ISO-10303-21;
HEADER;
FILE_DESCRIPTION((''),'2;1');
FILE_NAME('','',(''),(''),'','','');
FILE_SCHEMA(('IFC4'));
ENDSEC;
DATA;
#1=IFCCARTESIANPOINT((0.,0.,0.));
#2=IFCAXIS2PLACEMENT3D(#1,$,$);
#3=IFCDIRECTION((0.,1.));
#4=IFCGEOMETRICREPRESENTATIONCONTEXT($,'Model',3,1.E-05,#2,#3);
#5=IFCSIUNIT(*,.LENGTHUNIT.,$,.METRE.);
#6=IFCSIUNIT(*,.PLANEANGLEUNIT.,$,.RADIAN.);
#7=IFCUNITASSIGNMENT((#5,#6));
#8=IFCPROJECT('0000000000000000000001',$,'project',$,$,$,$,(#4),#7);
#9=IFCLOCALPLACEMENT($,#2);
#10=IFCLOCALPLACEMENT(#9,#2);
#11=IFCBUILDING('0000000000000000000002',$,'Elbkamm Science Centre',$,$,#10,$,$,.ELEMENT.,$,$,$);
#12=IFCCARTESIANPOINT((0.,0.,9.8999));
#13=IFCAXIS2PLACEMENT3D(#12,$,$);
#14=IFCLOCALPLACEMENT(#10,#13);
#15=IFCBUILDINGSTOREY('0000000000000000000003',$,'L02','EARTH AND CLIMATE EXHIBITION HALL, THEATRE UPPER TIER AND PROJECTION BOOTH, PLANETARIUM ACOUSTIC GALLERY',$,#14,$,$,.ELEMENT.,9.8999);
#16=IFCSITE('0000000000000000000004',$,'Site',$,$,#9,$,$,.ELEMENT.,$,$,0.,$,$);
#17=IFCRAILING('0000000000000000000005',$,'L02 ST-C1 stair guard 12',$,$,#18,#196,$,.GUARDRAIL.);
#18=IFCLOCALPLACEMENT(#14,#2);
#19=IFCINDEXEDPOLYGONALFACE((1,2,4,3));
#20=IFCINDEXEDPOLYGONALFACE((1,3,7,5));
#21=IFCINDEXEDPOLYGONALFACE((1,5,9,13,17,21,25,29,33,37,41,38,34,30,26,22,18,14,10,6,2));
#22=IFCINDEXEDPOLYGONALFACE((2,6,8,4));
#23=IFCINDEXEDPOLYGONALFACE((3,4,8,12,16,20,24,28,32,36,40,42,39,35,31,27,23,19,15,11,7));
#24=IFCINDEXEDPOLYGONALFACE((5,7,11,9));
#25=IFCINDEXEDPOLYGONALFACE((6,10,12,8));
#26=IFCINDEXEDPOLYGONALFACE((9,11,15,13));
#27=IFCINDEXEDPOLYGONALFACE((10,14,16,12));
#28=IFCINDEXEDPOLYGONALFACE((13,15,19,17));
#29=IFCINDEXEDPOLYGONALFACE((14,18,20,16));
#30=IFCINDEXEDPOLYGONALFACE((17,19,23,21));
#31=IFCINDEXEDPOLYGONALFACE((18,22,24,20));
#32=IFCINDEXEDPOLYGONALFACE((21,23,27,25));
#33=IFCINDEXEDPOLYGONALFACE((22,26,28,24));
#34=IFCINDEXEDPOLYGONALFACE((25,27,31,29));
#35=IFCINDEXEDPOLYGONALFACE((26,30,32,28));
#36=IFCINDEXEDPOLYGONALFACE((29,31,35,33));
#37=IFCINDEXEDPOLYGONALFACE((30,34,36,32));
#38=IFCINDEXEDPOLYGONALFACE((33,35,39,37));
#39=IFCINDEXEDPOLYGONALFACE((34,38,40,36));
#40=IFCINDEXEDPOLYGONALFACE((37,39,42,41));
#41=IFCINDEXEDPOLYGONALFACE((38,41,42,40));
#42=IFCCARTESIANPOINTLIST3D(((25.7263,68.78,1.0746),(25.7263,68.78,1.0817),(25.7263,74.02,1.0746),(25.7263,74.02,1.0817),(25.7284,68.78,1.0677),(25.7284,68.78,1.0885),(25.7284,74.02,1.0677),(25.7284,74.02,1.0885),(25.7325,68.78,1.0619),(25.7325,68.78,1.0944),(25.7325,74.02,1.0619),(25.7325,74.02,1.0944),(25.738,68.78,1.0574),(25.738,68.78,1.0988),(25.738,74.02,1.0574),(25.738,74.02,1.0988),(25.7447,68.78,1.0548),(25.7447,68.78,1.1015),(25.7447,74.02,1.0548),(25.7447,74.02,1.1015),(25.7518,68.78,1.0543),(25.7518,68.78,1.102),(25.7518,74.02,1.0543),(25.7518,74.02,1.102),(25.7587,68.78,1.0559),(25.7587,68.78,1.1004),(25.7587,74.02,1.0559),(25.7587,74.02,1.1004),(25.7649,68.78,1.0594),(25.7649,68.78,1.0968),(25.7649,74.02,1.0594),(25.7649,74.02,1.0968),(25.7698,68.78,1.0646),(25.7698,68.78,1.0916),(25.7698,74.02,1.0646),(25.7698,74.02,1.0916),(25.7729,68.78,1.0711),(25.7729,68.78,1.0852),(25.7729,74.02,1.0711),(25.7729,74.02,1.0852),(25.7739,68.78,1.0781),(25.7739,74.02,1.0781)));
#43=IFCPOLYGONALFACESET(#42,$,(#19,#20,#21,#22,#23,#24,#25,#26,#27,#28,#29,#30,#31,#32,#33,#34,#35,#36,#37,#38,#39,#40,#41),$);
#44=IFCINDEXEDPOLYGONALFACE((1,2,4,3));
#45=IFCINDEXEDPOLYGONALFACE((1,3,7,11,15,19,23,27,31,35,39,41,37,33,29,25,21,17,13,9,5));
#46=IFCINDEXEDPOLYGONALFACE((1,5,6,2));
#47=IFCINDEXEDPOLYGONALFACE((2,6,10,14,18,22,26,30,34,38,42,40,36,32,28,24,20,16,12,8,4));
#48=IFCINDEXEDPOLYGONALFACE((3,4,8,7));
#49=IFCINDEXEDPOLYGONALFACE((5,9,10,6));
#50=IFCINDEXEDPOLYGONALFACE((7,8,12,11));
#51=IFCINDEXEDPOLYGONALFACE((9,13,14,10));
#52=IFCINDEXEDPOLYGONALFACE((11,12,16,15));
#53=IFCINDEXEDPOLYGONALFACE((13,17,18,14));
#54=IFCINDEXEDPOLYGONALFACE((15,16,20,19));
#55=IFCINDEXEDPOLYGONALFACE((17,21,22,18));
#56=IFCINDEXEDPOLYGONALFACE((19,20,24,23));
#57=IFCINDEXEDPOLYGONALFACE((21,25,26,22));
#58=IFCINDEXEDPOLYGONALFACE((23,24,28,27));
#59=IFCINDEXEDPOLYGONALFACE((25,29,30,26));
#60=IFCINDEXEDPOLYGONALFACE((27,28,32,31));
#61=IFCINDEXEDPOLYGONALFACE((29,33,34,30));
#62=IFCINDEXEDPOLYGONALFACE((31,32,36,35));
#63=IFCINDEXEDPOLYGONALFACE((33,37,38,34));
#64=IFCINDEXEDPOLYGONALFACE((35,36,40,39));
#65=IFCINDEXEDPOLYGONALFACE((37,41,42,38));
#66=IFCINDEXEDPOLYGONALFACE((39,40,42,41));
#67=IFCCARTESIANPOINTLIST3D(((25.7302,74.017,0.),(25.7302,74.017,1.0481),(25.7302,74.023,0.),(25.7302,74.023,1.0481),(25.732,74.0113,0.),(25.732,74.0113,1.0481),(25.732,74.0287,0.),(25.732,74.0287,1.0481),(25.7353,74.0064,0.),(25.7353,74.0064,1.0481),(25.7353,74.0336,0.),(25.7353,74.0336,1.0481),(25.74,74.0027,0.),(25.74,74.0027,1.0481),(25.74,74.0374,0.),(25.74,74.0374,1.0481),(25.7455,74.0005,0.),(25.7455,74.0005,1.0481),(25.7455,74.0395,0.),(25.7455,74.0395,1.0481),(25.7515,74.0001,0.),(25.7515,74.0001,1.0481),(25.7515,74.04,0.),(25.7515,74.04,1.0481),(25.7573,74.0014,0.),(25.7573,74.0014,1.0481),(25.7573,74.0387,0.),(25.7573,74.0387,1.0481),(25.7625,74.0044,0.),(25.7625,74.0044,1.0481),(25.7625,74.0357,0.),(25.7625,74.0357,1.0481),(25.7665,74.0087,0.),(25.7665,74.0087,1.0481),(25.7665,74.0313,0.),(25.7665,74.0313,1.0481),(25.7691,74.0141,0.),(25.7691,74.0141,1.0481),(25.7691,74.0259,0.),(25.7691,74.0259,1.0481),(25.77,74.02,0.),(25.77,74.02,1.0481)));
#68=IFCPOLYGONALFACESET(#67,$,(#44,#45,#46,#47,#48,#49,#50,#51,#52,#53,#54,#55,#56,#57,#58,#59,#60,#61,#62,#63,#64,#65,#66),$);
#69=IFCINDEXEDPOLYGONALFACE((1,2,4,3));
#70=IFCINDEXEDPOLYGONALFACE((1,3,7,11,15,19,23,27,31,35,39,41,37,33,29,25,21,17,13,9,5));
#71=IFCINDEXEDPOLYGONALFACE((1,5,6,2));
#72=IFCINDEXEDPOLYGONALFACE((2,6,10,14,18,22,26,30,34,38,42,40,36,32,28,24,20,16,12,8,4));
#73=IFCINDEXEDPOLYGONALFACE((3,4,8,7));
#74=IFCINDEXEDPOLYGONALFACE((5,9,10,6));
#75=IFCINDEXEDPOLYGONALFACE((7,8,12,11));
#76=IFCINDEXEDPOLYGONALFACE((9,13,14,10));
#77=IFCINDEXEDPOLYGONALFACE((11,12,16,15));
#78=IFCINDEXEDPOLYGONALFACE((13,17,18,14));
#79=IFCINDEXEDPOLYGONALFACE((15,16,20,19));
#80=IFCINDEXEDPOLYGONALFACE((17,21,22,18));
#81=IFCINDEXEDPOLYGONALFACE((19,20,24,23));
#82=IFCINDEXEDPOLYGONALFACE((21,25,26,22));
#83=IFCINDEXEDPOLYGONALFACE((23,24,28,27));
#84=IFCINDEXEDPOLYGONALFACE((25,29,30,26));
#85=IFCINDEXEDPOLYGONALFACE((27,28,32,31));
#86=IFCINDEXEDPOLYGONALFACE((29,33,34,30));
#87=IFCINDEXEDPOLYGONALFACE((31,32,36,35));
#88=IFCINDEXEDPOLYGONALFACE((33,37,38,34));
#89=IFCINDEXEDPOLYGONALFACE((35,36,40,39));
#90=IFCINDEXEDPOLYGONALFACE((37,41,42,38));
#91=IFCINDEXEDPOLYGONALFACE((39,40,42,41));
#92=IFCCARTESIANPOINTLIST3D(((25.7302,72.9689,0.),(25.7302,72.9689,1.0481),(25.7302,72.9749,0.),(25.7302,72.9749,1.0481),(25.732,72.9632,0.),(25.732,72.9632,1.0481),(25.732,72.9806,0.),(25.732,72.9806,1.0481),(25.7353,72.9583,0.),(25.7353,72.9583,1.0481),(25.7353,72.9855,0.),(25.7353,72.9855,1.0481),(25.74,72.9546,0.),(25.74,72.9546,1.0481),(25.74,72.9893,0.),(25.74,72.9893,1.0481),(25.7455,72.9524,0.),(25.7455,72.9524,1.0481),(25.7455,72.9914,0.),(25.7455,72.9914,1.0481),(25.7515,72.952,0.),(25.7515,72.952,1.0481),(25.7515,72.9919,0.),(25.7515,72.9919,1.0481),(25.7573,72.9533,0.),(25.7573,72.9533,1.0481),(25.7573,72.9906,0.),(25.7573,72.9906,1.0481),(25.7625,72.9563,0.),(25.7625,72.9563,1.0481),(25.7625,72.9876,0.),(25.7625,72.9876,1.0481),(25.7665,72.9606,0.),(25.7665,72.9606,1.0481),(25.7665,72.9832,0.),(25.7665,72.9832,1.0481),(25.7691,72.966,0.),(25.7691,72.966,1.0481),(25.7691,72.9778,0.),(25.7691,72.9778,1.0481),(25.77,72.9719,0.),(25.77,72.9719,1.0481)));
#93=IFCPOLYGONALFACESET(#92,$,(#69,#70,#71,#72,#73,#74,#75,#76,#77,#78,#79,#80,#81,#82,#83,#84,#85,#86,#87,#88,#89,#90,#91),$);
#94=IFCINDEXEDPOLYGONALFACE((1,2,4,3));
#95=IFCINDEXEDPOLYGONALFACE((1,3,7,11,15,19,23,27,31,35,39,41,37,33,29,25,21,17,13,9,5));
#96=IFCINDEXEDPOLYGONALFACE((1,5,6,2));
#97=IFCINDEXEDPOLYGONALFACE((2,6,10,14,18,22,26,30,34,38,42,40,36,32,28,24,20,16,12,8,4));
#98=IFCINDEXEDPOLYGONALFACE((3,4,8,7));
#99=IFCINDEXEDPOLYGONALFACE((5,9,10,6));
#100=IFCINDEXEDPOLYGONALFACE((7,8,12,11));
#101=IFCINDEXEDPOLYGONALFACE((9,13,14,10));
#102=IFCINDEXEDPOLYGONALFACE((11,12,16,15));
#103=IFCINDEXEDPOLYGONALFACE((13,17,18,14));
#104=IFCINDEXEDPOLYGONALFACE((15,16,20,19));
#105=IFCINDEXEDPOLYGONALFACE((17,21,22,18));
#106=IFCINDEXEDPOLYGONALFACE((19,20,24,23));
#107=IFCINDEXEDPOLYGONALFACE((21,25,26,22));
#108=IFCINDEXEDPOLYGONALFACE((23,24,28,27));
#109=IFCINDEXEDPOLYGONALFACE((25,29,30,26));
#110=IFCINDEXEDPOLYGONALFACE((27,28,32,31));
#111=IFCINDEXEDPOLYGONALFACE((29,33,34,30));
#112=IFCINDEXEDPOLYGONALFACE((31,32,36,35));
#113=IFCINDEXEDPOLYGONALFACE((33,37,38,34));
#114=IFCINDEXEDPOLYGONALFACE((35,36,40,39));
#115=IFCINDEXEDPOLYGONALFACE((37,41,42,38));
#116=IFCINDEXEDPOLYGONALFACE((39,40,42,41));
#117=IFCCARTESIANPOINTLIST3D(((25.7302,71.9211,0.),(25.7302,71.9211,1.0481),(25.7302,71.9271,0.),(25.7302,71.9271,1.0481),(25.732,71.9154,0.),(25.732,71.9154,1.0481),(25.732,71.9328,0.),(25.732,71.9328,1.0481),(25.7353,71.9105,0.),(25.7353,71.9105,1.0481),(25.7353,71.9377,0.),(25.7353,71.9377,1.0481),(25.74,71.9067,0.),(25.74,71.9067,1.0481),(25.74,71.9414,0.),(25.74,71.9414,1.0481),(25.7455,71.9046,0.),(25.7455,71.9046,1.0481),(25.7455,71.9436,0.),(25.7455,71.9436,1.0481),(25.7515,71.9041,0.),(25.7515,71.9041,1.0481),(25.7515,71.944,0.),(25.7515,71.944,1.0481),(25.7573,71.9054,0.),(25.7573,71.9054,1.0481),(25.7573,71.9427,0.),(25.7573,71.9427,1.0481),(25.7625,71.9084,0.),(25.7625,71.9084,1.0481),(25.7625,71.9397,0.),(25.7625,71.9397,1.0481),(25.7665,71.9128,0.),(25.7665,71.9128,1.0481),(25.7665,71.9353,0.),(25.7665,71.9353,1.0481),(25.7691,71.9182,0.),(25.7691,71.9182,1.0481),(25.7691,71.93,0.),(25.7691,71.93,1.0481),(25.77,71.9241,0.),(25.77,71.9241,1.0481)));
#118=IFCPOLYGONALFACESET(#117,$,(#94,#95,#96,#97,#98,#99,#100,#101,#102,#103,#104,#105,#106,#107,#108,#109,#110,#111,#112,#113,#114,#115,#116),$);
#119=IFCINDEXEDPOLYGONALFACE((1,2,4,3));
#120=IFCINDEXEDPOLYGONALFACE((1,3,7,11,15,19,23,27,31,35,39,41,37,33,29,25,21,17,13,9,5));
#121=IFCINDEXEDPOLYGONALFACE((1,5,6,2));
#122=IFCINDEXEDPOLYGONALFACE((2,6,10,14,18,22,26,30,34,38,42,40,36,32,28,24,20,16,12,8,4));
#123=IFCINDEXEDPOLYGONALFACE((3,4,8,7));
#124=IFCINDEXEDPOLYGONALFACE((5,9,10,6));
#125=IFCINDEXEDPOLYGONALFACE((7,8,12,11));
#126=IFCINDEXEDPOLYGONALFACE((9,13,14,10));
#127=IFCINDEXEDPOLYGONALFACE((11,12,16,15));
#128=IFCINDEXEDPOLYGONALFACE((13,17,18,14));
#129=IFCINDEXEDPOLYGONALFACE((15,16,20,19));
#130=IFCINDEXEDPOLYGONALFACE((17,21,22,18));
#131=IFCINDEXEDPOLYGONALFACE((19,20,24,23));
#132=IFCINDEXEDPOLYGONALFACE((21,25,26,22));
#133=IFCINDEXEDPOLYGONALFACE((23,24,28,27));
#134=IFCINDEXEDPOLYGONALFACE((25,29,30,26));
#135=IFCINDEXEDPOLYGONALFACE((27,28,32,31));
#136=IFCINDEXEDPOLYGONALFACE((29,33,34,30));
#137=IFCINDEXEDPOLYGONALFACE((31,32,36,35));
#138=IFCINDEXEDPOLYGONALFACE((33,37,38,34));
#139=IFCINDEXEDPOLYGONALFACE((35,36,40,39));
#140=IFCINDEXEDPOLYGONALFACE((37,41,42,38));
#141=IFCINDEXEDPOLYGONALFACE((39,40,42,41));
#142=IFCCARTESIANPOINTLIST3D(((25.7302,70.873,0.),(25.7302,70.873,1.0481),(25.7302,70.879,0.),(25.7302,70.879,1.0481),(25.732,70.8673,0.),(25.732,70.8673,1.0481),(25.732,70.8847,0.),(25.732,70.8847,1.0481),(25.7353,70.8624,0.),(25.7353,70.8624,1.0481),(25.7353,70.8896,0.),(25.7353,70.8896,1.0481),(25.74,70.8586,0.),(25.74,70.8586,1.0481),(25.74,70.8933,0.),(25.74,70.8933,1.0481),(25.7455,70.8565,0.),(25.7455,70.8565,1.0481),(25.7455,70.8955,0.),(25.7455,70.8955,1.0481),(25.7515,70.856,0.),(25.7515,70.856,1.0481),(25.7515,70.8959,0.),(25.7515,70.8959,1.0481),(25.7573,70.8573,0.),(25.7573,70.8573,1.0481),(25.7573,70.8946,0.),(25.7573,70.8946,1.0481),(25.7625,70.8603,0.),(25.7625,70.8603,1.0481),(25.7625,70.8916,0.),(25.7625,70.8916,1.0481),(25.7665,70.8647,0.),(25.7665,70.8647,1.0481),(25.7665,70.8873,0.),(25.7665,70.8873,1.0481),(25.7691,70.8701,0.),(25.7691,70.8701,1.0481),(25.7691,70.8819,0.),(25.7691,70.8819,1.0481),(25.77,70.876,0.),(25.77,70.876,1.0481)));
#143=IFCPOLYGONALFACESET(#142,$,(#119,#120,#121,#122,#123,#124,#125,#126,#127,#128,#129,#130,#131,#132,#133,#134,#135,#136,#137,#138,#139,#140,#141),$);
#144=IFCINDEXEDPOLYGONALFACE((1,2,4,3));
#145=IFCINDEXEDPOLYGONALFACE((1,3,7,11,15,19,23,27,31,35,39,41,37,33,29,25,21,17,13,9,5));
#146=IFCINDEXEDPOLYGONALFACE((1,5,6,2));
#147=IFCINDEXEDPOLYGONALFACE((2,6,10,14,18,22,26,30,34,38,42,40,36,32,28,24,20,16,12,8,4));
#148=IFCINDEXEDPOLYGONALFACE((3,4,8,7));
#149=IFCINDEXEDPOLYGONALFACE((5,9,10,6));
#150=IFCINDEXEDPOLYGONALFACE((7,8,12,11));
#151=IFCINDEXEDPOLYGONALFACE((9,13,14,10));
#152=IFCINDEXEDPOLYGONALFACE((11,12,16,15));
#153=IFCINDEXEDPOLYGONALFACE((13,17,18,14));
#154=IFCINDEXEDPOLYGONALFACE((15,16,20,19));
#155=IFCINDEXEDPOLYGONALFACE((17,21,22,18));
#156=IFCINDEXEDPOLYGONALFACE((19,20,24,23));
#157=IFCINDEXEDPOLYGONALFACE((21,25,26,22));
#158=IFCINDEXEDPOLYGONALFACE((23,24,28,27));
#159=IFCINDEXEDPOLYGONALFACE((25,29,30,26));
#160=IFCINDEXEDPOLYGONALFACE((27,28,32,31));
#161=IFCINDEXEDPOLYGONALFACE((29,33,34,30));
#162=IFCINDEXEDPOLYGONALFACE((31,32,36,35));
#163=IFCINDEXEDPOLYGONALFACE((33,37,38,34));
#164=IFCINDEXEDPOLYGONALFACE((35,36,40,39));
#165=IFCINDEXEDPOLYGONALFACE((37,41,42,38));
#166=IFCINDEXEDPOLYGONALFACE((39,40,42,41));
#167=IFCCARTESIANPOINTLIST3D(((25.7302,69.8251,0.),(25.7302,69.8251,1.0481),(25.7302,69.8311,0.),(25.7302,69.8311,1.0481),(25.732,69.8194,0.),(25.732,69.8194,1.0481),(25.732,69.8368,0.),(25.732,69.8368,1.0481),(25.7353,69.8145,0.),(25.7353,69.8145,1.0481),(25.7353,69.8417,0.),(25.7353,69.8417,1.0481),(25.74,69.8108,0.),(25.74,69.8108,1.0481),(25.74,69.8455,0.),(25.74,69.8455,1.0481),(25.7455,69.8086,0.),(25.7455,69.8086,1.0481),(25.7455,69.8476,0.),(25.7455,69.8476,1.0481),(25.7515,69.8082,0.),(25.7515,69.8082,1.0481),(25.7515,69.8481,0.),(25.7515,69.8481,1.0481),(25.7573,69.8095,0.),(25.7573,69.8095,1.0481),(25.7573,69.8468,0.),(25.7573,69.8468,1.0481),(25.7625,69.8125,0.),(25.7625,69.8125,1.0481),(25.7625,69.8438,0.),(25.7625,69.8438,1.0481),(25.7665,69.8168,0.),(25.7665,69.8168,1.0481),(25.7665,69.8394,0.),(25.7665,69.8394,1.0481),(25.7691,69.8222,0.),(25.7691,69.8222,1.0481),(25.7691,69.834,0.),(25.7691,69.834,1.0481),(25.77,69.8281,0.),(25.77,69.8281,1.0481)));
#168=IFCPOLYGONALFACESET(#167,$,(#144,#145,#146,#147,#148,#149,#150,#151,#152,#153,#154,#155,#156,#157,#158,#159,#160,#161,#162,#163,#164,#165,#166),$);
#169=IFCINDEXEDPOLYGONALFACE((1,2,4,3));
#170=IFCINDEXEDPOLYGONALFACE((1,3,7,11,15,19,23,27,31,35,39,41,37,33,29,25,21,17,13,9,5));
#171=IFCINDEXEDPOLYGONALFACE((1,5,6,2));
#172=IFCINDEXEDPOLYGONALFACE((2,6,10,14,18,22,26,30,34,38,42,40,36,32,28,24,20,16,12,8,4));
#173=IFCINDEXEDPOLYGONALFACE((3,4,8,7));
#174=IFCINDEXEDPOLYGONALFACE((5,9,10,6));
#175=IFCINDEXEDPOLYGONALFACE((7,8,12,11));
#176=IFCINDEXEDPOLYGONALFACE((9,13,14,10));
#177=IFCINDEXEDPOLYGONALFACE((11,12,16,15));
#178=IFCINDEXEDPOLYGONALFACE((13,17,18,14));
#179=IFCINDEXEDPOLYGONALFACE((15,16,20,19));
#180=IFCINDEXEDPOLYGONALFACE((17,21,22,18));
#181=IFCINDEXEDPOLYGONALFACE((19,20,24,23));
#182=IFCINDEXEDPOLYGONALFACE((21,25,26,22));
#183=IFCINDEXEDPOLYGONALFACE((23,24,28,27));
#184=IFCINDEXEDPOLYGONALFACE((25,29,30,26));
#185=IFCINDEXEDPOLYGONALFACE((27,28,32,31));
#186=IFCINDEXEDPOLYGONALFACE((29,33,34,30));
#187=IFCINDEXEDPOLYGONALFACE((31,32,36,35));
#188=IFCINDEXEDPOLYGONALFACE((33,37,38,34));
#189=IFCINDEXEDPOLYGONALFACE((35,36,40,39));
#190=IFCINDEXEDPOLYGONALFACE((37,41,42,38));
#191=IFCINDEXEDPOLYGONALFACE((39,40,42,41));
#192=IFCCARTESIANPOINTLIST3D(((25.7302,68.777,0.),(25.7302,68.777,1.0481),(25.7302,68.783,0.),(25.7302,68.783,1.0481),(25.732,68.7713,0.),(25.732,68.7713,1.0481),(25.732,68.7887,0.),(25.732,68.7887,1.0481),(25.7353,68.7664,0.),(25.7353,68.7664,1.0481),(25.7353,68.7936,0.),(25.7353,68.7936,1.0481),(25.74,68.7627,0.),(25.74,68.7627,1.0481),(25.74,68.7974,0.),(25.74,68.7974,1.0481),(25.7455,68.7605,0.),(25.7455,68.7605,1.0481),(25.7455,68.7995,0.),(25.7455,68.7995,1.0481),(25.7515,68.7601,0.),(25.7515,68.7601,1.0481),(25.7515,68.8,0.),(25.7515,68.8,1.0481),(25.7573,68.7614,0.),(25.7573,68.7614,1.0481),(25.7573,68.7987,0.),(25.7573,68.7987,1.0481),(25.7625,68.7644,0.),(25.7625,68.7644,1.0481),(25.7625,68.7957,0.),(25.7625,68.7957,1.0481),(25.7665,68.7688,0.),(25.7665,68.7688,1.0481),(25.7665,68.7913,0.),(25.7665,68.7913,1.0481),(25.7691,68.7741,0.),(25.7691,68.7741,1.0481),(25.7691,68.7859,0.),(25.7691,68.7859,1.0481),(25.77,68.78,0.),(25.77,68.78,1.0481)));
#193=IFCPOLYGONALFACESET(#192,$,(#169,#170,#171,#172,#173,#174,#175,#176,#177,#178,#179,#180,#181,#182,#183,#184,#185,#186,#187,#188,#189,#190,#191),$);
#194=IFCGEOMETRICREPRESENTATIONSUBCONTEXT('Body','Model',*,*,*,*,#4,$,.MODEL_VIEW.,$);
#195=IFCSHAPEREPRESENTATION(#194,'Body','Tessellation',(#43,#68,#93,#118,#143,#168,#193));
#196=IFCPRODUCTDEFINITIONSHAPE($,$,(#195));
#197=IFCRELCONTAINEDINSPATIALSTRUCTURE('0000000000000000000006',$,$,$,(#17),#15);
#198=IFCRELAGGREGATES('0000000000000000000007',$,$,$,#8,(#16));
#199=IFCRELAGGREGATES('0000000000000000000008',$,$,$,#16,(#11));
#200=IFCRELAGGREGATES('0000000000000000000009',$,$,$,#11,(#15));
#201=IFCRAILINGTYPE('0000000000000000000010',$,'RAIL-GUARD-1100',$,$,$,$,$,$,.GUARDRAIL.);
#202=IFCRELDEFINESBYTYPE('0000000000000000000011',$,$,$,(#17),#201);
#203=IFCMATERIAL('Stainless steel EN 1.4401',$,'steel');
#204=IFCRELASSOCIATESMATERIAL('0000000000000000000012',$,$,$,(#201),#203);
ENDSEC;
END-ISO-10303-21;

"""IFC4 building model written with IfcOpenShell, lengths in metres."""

from ifc_helpers import new_model, si_unit, direction, frame, origin, origin_2d, place, context, subcontext, project, spatial, circle, extrude, material, type_object, element, save


model = new_model("IFC4")

# Units and contexts
model_context = context("Model", 3, precision=1e-05, world=origin(), true_north=direction((0.0, 1.0)))
body_context = subcontext(model_context, "Body", "Model", "MODEL_VIEW")
ifc_project = project(units=[si_unit("LENGTHUNIT", "METRE"), si_unit("PLANEANGLEUNIT", "RADIAN")], contexts=[model_context])

# Site, building, storey
site_placement = place(None, origin())
site = spatial("IfcSite", under=ifc_project, at=site_placement, Name="Site", CompositionType="ELEMENT", RefElevation=0.0)
building_placement = place(site_placement, origin())
building = spatial("IfcBuilding", under=site, at=building_placement, Name="Elbkamm Science Centre", CompositionType="ELEMENT")
storey_placement = place(building_placement, frame((0.0, 0.0, 9.8999)))
storey = spatial("IfcBuildingStorey", under=building, at=storey_placement, Name="L02", Description="EARTH AND CLIMATE EXHIBITION HALL, THEATRE UPPER TIER AND PROJECTION BOOTH, PLANETARIUM ACOUSTIC GALLERY", CompositionType="ELEMENT", Elevation=9.8999)

# Railing
ifc_material_1 = material(Name="Stainless steel EN 1.4401", Category="steel")
railing_type_1 = type_object("IfcRailingType", Name="RAIL-GUARD-1100", PredefinedType="GUARDRAIL", material=ifc_material_1)
railing_1_placement = place(storey_placement, frame((25.75, 74.02, 0.0)))
element("IfcRailing", 1, at=railing_1_placement, inside=storey, type_object=railing_type_1, Name="L02 ST-C1 stair guard 12", PredefinedType="GUARDRAIL", context=body_context, shape_type="SweptSolid", body=[
    extrude(circle(Radius=0.0239, at=origin_2d()), frame((0.0, 0.0, 1.0781), z_axis=(0.0, -1.0, 0.0), x_axis=(1.0, 0.0, 0.0)), (0.0, 0.0, 1.0), 5.24),
    extrude(circle(Radius=0.02, at=origin_2d()), origin(), (0.0, 0.0, 1.0), 1.0481),
    extrude(circle(Radius=0.02, at=origin_2d()), frame((0.0, -1.0481, 0.0)), (0.0, 0.0, 1.0), 1.0481),
    extrude(circle(Radius=0.02, at=origin_2d()), frame((0.0, -2.0959, 0.0)), (0.0, 0.0, 1.0), 1.0481),
    extrude(circle(Radius=0.02, at=origin_2d()), frame((0.0, -3.144, 0.0)), (0.0, 0.0, 1.0), 1.0481),
    extrude(circle(Radius=0.02, at=origin_2d()), frame((0.0, -4.1919, 0.0)), (0.0, 0.0, 1.0), 1.0481),
    extrude(circle(Radius=0.02, at=origin_2d()), frame((0.0, -5.24, 0.0)), (0.0, 0.0, 1.0), 1.0481),
])

save(model, "model.ifc")
